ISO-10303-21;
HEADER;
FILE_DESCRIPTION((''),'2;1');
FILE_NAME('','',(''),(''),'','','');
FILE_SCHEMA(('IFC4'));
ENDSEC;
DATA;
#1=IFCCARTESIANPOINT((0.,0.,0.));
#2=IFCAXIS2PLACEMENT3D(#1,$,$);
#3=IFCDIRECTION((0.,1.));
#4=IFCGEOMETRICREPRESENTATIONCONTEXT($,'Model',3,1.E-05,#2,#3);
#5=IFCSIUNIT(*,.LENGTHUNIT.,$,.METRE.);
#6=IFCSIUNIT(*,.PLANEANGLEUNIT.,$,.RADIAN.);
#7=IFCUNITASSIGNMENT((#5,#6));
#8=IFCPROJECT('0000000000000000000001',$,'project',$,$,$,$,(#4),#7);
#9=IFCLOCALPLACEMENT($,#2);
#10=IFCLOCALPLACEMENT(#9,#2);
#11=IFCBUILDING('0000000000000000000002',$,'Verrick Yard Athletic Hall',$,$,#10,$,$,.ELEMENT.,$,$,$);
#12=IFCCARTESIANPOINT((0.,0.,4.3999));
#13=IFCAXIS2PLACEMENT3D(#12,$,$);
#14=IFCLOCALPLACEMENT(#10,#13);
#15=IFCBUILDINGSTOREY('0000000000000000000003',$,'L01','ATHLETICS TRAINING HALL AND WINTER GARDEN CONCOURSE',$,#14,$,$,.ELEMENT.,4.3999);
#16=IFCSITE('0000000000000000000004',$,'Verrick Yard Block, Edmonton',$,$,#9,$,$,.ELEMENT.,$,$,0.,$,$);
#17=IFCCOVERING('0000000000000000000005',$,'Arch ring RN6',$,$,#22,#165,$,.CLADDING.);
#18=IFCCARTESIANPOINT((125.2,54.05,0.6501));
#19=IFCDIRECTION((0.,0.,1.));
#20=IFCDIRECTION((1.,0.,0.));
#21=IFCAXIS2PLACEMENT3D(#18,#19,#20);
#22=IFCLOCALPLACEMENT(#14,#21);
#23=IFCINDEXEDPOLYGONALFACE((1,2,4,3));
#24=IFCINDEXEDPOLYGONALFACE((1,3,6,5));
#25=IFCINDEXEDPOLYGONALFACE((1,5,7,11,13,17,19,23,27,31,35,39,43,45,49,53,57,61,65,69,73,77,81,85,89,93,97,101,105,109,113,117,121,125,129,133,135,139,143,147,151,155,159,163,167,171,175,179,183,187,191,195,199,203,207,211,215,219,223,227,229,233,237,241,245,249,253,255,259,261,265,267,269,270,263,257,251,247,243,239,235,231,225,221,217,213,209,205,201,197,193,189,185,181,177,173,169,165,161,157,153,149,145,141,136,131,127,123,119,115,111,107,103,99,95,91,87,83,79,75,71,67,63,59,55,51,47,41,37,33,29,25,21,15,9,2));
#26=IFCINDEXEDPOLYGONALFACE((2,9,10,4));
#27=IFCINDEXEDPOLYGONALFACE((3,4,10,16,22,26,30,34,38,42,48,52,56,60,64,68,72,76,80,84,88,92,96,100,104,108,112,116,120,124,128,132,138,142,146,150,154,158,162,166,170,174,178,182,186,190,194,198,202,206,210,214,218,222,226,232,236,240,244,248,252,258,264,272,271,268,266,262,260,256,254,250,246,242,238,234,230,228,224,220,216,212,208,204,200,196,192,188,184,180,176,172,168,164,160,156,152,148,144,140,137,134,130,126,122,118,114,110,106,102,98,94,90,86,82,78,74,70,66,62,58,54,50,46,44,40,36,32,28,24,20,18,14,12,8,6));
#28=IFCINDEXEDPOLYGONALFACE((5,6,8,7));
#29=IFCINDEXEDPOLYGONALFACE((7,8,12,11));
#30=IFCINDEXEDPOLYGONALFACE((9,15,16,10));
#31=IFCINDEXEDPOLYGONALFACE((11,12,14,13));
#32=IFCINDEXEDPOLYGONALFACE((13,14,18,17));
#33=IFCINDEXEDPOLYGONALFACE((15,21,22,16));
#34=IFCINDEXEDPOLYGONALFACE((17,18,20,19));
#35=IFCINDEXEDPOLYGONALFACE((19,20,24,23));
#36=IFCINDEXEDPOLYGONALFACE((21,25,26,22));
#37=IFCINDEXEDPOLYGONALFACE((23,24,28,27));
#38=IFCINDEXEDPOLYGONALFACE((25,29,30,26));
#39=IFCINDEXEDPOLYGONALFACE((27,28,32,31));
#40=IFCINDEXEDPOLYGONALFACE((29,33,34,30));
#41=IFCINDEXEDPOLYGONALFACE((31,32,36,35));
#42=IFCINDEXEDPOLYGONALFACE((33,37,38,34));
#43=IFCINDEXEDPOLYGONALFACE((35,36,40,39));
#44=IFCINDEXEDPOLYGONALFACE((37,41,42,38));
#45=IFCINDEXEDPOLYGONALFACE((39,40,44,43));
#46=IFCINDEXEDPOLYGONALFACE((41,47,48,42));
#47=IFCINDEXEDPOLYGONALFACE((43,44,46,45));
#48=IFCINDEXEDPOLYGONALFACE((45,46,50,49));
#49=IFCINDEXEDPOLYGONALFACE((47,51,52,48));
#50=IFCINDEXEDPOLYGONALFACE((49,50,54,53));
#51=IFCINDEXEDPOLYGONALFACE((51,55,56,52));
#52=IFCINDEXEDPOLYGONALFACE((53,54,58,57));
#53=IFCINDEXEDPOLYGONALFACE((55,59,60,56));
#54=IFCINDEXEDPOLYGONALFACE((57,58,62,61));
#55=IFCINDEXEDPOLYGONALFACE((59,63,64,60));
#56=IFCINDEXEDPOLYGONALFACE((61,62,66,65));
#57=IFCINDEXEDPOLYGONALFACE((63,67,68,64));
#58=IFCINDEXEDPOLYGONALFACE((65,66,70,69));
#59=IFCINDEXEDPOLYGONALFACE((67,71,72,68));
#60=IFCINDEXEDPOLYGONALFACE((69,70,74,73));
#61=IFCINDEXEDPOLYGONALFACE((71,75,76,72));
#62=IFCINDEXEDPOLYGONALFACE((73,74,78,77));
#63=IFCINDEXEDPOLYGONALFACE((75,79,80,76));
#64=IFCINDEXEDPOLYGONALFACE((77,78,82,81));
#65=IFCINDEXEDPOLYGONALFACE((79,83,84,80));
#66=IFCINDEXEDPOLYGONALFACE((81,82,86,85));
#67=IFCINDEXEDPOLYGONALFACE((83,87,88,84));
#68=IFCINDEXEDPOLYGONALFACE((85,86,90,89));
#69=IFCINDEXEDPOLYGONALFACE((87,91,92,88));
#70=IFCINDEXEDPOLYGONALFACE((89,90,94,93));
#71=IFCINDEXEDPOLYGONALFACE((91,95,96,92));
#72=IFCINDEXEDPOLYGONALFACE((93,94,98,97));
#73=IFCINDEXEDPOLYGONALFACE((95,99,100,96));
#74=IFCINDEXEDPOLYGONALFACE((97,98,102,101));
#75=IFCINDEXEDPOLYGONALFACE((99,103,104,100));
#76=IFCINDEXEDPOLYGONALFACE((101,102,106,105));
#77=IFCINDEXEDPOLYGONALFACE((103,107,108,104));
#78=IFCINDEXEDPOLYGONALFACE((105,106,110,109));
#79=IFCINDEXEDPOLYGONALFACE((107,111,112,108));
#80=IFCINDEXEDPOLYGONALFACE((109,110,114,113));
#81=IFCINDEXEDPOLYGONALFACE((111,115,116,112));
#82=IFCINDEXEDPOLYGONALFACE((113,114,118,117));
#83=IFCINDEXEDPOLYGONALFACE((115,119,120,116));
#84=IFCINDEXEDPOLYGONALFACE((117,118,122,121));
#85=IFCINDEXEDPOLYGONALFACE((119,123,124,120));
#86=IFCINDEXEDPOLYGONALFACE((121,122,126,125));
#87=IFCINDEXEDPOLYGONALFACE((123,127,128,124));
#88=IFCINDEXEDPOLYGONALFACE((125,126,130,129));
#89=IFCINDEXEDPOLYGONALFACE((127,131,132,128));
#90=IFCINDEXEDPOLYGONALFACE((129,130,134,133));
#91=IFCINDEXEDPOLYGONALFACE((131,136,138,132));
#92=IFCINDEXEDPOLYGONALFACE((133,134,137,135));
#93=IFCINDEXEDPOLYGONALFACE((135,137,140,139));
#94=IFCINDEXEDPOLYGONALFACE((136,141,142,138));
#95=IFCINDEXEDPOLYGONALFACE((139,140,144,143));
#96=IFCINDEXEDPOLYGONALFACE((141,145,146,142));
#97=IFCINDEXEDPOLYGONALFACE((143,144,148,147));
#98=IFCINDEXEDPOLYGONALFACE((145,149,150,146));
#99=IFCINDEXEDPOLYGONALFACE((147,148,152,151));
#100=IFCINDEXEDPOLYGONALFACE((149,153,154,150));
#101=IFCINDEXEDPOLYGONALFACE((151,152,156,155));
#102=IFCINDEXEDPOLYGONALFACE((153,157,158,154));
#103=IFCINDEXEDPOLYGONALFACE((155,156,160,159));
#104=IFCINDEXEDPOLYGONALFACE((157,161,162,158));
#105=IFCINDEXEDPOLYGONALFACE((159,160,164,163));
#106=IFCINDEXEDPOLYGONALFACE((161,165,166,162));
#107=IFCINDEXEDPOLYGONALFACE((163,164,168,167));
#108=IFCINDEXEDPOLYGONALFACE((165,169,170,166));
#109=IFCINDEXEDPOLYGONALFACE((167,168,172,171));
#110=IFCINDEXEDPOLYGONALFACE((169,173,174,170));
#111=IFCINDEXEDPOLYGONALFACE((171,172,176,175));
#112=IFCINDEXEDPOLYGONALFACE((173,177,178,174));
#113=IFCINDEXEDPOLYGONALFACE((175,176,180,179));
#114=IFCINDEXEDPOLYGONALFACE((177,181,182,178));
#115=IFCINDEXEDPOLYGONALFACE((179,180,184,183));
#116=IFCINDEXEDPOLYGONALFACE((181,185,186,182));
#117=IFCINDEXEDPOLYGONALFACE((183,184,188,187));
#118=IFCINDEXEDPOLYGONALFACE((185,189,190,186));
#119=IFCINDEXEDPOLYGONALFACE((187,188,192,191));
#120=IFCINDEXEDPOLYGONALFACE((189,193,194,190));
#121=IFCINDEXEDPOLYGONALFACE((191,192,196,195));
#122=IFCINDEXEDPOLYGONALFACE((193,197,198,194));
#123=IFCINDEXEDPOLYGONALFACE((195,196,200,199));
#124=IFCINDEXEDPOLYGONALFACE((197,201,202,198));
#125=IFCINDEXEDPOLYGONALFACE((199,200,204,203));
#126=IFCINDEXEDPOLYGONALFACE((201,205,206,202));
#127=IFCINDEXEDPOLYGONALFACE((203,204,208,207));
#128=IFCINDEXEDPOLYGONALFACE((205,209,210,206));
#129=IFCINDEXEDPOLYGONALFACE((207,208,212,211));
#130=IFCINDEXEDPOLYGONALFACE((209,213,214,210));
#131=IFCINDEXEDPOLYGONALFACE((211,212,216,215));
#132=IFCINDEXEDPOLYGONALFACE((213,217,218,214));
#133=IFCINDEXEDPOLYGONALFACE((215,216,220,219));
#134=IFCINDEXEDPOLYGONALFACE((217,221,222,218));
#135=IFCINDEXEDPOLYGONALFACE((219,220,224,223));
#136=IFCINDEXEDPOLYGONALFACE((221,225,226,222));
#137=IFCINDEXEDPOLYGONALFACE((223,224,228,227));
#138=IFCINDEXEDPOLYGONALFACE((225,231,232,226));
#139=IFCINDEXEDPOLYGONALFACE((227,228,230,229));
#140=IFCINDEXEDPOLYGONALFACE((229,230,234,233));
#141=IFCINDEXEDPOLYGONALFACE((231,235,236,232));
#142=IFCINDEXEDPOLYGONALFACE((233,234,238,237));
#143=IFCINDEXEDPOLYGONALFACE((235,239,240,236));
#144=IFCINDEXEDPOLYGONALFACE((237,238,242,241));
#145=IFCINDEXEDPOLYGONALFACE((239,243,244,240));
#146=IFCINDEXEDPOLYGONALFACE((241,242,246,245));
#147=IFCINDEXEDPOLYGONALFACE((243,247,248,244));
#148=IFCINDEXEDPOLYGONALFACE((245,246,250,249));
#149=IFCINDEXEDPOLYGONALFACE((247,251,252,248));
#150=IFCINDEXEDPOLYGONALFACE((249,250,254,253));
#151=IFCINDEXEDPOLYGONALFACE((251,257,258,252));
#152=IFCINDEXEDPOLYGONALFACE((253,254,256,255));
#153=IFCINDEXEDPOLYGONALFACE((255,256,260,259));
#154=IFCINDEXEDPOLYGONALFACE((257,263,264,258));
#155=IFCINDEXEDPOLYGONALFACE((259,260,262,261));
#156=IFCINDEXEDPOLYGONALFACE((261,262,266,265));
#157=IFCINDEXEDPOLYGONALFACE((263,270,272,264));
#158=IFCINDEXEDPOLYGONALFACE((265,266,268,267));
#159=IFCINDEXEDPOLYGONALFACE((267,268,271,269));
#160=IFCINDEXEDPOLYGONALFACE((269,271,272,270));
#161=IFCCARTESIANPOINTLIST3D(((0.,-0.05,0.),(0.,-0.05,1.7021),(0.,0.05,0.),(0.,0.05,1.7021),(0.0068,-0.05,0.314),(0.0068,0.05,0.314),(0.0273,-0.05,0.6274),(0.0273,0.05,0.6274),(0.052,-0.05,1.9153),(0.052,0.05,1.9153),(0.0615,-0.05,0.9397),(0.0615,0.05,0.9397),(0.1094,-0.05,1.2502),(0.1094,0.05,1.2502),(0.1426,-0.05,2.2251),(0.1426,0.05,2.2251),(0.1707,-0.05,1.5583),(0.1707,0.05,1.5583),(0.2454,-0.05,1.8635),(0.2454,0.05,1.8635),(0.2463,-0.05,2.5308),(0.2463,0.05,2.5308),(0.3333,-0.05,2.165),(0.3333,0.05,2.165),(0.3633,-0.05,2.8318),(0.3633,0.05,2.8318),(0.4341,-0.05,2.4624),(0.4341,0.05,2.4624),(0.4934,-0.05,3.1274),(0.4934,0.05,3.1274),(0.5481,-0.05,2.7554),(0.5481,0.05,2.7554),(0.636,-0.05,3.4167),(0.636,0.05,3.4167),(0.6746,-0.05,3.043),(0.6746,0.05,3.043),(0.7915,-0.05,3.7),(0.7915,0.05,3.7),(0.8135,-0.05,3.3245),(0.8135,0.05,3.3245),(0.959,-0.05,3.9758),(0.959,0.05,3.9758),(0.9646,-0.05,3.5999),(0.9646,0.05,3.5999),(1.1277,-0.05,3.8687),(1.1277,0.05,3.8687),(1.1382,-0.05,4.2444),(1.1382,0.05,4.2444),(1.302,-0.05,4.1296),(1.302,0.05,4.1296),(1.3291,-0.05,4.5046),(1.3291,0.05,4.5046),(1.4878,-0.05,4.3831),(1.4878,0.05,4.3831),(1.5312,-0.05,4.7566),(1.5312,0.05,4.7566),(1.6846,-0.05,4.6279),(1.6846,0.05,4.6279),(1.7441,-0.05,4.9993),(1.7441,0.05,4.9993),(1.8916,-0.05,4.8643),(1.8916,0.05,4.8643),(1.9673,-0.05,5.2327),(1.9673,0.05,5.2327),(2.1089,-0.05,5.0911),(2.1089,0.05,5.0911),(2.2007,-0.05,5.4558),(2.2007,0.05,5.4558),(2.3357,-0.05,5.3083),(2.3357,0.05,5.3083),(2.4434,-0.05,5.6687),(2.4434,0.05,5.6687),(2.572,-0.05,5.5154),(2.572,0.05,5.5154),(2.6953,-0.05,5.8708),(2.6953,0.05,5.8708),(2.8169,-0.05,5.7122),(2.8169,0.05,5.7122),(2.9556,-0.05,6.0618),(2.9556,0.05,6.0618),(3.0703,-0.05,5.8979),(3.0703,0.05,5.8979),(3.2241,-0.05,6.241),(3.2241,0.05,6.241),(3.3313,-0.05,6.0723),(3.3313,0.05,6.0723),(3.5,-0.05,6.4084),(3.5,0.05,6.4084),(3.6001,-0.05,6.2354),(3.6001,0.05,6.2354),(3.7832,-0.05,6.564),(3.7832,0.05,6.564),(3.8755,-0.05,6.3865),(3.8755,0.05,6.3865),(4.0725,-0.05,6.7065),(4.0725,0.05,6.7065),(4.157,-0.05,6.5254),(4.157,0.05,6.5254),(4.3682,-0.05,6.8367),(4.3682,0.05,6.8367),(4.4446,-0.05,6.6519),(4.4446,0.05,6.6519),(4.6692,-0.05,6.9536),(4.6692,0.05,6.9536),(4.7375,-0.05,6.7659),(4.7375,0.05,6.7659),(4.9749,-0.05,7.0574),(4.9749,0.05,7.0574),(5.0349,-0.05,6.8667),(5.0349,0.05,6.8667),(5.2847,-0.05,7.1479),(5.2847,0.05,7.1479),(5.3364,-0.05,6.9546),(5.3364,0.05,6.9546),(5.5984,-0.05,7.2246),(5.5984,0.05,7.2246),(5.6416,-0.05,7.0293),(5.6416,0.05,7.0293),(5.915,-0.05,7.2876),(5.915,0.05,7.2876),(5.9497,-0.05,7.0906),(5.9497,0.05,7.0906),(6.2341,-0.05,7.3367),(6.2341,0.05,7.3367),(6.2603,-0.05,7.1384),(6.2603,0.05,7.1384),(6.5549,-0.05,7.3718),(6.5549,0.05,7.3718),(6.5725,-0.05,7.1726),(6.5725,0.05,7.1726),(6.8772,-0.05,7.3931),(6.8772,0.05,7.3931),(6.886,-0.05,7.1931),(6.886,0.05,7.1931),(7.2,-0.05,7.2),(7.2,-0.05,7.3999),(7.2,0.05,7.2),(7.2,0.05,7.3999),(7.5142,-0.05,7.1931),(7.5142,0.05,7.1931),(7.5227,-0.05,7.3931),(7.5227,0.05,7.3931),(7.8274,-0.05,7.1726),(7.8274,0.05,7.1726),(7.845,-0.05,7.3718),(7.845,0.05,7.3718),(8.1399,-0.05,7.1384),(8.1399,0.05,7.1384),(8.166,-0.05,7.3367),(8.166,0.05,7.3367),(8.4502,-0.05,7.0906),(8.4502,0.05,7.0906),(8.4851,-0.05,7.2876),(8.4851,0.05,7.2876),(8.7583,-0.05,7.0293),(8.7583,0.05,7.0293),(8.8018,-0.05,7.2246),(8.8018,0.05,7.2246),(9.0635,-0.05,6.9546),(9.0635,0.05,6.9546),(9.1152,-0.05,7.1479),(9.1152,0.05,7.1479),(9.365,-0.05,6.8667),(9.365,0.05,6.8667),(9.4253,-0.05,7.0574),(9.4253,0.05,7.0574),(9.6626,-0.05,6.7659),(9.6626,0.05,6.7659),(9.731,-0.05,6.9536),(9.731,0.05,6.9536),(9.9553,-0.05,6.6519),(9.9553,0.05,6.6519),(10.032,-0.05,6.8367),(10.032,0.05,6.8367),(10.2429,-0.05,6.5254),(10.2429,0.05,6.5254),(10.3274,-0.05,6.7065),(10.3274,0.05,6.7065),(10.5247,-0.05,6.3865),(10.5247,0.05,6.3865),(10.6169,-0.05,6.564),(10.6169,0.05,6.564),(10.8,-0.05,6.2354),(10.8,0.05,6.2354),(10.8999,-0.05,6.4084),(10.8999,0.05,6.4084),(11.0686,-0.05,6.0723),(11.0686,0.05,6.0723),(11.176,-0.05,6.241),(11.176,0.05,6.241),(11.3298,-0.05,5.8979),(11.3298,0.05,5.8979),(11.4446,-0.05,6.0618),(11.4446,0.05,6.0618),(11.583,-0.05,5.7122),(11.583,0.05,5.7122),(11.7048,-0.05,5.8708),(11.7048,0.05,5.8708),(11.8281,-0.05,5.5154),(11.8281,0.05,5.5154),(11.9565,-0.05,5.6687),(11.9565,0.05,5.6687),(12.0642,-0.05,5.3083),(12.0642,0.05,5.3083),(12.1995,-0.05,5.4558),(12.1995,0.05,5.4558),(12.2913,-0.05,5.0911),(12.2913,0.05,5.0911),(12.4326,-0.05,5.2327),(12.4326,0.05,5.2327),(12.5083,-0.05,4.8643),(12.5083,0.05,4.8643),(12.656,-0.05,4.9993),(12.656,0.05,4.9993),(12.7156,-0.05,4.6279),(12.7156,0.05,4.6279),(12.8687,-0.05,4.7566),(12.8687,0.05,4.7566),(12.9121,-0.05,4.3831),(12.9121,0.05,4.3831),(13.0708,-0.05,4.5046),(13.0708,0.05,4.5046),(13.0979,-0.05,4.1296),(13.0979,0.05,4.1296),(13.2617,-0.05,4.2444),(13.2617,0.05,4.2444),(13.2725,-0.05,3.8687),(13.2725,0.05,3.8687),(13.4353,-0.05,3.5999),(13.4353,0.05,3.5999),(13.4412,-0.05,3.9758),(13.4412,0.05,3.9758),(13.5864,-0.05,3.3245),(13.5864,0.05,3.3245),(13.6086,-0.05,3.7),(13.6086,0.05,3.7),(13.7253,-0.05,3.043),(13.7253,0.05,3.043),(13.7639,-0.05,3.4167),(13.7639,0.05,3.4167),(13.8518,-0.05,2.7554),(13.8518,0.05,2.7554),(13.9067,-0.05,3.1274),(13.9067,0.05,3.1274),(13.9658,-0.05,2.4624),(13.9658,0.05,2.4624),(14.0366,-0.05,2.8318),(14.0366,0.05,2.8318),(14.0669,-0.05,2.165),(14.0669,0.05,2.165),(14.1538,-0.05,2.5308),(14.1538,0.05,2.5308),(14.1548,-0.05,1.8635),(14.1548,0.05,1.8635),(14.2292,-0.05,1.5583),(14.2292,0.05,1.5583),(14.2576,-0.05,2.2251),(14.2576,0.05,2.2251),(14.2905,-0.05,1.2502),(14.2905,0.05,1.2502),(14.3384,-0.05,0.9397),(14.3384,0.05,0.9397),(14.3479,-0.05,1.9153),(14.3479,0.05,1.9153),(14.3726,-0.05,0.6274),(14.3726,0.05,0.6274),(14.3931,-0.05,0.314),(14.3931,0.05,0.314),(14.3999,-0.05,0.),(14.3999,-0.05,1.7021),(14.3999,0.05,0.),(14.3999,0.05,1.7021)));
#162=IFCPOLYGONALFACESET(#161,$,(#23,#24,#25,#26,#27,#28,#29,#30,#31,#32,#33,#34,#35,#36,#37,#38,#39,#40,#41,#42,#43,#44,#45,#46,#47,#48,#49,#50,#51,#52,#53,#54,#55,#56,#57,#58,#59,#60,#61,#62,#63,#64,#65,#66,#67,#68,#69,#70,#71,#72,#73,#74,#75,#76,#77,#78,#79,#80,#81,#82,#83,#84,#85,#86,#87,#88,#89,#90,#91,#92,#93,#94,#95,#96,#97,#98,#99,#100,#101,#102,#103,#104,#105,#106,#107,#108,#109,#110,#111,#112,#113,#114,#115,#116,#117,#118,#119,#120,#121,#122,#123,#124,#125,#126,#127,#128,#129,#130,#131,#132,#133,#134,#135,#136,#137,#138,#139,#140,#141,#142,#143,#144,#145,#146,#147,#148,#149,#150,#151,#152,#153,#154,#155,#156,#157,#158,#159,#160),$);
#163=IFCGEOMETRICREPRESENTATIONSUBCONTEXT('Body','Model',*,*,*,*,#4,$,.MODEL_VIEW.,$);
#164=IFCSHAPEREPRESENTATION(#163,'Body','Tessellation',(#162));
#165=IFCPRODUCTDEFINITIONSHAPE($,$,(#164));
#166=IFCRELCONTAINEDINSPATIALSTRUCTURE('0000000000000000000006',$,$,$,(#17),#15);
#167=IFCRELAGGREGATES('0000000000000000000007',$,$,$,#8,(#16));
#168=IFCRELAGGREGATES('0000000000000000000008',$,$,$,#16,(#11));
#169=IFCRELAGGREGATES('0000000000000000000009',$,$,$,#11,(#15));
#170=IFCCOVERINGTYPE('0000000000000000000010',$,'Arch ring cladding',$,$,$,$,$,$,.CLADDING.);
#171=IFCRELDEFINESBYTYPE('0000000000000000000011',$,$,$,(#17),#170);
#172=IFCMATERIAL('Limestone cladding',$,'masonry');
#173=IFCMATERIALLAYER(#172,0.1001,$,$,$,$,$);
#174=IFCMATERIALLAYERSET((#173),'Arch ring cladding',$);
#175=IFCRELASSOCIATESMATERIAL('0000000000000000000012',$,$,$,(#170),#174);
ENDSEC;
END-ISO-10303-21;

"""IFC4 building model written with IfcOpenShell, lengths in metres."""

from ifc_helpers import new_model, si_unit, direction, frame, origin, place, context, subcontext, project, spatial, polyline, outline, extrude, material, layer, layer_set, type_object, element, save


model = new_model("IFC4")

# Units and contexts
model_context = context("Model", 3, precision=1e-05, world=origin(), true_north=direction((0.0, 1.0)))
body_context = subcontext(model_context, "Body", "Model", "MODEL_VIEW")
ifc_project = project(units=[si_unit("LENGTHUNIT", "METRE"), si_unit("PLANEANGLEUNIT", "RADIAN")], contexts=[model_context])

# Site, building, storey
site_placement = place(None, origin())
site = spatial("IfcSite", under=ifc_project, at=site_placement, Name="Verrick Yard Block, Edmonton", CompositionType="ELEMENT", RefElevation=0.0)
building_placement = place(site_placement, origin())
building = spatial("IfcBuilding", under=site, at=building_placement, Name="Verrick Yard Athletic Hall", CompositionType="ELEMENT")
storey_placement = place(building_placement, frame((0.0, 0.0, 4.3999)))
storey = spatial("IfcBuildingStorey", under=building, at=storey_placement, Name="L01", Description="ATHLETICS TRAINING HALL AND WINTER GARDEN CONCOURSE", CompositionType="ELEMENT", Elevation=4.3999)

# Covering
ifc_material_1 = material(Name="Limestone cladding", Category="masonry")
ifc_layer_1 = layer(ifc_material_1, 0.1001)
ifc_layer_set_1 = layer_set([ifc_layer_1], Name="Arch ring cladding")
covering_type_1 = type_object("IfcCoveringType", Name="Arch ring cladding", PredefinedType="CLADDING", material=ifc_layer_set_1)
covering_1_placement = place(storey_placement, frame((125.2, 54.05, 0.6501), z_axis=(0.0, 0.0, 1.0), x_axis=(1.0, 0.0, 0.0)))
element("IfcCovering", 1, at=covering_1_placement, inside=storey, type_object=covering_type_1, Name="Arch ring RN6", PredefinedType="CLADDING", context=body_context, shape_type="SweptSolid", body=[
    extrude(outline(polyline([(0.0, 1.7021), (0.0, 0.0), (0.0068, 0.314), (0.0273, 0.6274), (0.0615, 0.9397), (0.1094, 1.2502), (0.1707, 1.5583), (0.2454, 1.8635), (0.3333, 2.165), (0.4341, 2.4624), (0.5481, 2.7554), (0.6746, 3.043), (0.8135, 3.3245), (0.9646, 3.5999), (1.1277, 3.8687), (1.302, 4.1296), (1.4878, 4.3831), (1.6846, 4.6279), (1.8916, 4.8643), (2.1089, 5.0911), (2.3357, 5.3083), (2.572, 5.5154), (2.8169, 5.7122), (3.0703, 5.8979), (3.3313, 6.0723), (3.6001, 6.2354), (3.8755, 6.3865), (4.157, 6.5254), (4.4446, 6.6519), (4.7375, 6.7659), (5.0349, 6.8667), (5.3364, 6.9546), (5.6416, 7.0293), (5.9497, 7.0906), (6.2603, 7.1384), (6.5725, 7.1726), (6.886, 7.1931), (7.2, 7.2), (7.5142, 7.1931), (7.8274, 7.1726), (8.1399, 7.1384), (8.4502, 7.0906), (8.7583, 7.0293), (9.0635, 6.9546), (9.365, 6.8667), (9.6626, 6.7659), (9.9553, 6.6519), (10.2429, 6.5254), (10.5247, 6.3865), (10.8, 6.2354), (11.0686, 6.0723), (11.3298, 5.8979), (11.583, 5.7122), (11.8281, 5.5154), (12.0642, 5.3083), (12.2913, 5.0911), (12.5083, 4.8643), (12.7156, 4.6279), (12.9121, 4.3831), (13.0979, 4.1296), (13.2725, 3.8687), (13.4353, 3.5999), (13.5864, 3.3245), (13.7253, 3.043), (13.8518, 2.7554), (13.9658, 2.4624), (14.0669, 2.165), (14.1548, 1.8635), (14.2292, 1.5583), (14.2905, 1.2502), (14.3384, 0.9397), (14.3726, 0.6274), (14.3931, 0.314), (14.3999, 0.0), (14.3999, 1.7021), (14.3479, 1.9153), (14.2576, 2.2251), (14.1538, 2.5308), (14.0366, 2.8318), (13.9067, 3.1274), (13.7639, 3.4167), (13.6086, 3.7), (13.4412, 3.9758), (13.2617, 4.2444), (13.0708, 4.5046), (12.8687, 4.7566), (12.656, 4.9993), (12.4326, 5.2327), (12.1995, 5.4558), (11.9565, 5.6687), (11.7048, 5.8708), (11.4446, 6.0618), (11.176, 6.241), (10.8999, 6.4084), (10.6169, 6.564), (10.3274, 6.7065), (10.032, 6.8367), (9.731, 6.9536), (9.4253, 7.0574), (9.1152, 7.1479), (8.8018, 7.2246), (8.4851, 7.2876), (8.166, 7.3367), (7.845, 7.3718), (7.5227, 7.3931), (7.2, 7.3999), (6.8772, 7.3931), (6.5549, 7.3718), (6.2341, 7.3367), (5.915, 7.2876), (5.5984, 7.2246), (5.2847, 7.1479), (4.9749, 7.0574), (4.6692, 6.9536), (4.3682, 6.8367), (4.0725, 6.7065), (3.7832, 6.564), (3.5, 6.4084), (3.2241, 6.241), (2.9556, 6.0618), (2.6953, 5.8708), (2.4434, 5.6687), (2.2007, 5.4558), (1.9673, 5.2327), (1.7441, 4.9993), (1.5312, 4.7566), (1.3291, 4.5046), (1.1382, 4.2444), (0.959, 3.9758), (0.7915, 3.7), (0.636, 3.4167), (0.4934, 3.1274), (0.3633, 2.8318), (0.2463, 2.5308), (0.1426, 2.2251), (0.052, 1.9153), (0.0, 1.7021)])), frame((0.0, 0.05, 0.0), z_axis=(0.0, -1.0, 0.0), x_axis=(1.0, 0.0, 0.0)), (0.0, 0.0, 1.0), 0.1001),
])

save(model, "model.ifc")
